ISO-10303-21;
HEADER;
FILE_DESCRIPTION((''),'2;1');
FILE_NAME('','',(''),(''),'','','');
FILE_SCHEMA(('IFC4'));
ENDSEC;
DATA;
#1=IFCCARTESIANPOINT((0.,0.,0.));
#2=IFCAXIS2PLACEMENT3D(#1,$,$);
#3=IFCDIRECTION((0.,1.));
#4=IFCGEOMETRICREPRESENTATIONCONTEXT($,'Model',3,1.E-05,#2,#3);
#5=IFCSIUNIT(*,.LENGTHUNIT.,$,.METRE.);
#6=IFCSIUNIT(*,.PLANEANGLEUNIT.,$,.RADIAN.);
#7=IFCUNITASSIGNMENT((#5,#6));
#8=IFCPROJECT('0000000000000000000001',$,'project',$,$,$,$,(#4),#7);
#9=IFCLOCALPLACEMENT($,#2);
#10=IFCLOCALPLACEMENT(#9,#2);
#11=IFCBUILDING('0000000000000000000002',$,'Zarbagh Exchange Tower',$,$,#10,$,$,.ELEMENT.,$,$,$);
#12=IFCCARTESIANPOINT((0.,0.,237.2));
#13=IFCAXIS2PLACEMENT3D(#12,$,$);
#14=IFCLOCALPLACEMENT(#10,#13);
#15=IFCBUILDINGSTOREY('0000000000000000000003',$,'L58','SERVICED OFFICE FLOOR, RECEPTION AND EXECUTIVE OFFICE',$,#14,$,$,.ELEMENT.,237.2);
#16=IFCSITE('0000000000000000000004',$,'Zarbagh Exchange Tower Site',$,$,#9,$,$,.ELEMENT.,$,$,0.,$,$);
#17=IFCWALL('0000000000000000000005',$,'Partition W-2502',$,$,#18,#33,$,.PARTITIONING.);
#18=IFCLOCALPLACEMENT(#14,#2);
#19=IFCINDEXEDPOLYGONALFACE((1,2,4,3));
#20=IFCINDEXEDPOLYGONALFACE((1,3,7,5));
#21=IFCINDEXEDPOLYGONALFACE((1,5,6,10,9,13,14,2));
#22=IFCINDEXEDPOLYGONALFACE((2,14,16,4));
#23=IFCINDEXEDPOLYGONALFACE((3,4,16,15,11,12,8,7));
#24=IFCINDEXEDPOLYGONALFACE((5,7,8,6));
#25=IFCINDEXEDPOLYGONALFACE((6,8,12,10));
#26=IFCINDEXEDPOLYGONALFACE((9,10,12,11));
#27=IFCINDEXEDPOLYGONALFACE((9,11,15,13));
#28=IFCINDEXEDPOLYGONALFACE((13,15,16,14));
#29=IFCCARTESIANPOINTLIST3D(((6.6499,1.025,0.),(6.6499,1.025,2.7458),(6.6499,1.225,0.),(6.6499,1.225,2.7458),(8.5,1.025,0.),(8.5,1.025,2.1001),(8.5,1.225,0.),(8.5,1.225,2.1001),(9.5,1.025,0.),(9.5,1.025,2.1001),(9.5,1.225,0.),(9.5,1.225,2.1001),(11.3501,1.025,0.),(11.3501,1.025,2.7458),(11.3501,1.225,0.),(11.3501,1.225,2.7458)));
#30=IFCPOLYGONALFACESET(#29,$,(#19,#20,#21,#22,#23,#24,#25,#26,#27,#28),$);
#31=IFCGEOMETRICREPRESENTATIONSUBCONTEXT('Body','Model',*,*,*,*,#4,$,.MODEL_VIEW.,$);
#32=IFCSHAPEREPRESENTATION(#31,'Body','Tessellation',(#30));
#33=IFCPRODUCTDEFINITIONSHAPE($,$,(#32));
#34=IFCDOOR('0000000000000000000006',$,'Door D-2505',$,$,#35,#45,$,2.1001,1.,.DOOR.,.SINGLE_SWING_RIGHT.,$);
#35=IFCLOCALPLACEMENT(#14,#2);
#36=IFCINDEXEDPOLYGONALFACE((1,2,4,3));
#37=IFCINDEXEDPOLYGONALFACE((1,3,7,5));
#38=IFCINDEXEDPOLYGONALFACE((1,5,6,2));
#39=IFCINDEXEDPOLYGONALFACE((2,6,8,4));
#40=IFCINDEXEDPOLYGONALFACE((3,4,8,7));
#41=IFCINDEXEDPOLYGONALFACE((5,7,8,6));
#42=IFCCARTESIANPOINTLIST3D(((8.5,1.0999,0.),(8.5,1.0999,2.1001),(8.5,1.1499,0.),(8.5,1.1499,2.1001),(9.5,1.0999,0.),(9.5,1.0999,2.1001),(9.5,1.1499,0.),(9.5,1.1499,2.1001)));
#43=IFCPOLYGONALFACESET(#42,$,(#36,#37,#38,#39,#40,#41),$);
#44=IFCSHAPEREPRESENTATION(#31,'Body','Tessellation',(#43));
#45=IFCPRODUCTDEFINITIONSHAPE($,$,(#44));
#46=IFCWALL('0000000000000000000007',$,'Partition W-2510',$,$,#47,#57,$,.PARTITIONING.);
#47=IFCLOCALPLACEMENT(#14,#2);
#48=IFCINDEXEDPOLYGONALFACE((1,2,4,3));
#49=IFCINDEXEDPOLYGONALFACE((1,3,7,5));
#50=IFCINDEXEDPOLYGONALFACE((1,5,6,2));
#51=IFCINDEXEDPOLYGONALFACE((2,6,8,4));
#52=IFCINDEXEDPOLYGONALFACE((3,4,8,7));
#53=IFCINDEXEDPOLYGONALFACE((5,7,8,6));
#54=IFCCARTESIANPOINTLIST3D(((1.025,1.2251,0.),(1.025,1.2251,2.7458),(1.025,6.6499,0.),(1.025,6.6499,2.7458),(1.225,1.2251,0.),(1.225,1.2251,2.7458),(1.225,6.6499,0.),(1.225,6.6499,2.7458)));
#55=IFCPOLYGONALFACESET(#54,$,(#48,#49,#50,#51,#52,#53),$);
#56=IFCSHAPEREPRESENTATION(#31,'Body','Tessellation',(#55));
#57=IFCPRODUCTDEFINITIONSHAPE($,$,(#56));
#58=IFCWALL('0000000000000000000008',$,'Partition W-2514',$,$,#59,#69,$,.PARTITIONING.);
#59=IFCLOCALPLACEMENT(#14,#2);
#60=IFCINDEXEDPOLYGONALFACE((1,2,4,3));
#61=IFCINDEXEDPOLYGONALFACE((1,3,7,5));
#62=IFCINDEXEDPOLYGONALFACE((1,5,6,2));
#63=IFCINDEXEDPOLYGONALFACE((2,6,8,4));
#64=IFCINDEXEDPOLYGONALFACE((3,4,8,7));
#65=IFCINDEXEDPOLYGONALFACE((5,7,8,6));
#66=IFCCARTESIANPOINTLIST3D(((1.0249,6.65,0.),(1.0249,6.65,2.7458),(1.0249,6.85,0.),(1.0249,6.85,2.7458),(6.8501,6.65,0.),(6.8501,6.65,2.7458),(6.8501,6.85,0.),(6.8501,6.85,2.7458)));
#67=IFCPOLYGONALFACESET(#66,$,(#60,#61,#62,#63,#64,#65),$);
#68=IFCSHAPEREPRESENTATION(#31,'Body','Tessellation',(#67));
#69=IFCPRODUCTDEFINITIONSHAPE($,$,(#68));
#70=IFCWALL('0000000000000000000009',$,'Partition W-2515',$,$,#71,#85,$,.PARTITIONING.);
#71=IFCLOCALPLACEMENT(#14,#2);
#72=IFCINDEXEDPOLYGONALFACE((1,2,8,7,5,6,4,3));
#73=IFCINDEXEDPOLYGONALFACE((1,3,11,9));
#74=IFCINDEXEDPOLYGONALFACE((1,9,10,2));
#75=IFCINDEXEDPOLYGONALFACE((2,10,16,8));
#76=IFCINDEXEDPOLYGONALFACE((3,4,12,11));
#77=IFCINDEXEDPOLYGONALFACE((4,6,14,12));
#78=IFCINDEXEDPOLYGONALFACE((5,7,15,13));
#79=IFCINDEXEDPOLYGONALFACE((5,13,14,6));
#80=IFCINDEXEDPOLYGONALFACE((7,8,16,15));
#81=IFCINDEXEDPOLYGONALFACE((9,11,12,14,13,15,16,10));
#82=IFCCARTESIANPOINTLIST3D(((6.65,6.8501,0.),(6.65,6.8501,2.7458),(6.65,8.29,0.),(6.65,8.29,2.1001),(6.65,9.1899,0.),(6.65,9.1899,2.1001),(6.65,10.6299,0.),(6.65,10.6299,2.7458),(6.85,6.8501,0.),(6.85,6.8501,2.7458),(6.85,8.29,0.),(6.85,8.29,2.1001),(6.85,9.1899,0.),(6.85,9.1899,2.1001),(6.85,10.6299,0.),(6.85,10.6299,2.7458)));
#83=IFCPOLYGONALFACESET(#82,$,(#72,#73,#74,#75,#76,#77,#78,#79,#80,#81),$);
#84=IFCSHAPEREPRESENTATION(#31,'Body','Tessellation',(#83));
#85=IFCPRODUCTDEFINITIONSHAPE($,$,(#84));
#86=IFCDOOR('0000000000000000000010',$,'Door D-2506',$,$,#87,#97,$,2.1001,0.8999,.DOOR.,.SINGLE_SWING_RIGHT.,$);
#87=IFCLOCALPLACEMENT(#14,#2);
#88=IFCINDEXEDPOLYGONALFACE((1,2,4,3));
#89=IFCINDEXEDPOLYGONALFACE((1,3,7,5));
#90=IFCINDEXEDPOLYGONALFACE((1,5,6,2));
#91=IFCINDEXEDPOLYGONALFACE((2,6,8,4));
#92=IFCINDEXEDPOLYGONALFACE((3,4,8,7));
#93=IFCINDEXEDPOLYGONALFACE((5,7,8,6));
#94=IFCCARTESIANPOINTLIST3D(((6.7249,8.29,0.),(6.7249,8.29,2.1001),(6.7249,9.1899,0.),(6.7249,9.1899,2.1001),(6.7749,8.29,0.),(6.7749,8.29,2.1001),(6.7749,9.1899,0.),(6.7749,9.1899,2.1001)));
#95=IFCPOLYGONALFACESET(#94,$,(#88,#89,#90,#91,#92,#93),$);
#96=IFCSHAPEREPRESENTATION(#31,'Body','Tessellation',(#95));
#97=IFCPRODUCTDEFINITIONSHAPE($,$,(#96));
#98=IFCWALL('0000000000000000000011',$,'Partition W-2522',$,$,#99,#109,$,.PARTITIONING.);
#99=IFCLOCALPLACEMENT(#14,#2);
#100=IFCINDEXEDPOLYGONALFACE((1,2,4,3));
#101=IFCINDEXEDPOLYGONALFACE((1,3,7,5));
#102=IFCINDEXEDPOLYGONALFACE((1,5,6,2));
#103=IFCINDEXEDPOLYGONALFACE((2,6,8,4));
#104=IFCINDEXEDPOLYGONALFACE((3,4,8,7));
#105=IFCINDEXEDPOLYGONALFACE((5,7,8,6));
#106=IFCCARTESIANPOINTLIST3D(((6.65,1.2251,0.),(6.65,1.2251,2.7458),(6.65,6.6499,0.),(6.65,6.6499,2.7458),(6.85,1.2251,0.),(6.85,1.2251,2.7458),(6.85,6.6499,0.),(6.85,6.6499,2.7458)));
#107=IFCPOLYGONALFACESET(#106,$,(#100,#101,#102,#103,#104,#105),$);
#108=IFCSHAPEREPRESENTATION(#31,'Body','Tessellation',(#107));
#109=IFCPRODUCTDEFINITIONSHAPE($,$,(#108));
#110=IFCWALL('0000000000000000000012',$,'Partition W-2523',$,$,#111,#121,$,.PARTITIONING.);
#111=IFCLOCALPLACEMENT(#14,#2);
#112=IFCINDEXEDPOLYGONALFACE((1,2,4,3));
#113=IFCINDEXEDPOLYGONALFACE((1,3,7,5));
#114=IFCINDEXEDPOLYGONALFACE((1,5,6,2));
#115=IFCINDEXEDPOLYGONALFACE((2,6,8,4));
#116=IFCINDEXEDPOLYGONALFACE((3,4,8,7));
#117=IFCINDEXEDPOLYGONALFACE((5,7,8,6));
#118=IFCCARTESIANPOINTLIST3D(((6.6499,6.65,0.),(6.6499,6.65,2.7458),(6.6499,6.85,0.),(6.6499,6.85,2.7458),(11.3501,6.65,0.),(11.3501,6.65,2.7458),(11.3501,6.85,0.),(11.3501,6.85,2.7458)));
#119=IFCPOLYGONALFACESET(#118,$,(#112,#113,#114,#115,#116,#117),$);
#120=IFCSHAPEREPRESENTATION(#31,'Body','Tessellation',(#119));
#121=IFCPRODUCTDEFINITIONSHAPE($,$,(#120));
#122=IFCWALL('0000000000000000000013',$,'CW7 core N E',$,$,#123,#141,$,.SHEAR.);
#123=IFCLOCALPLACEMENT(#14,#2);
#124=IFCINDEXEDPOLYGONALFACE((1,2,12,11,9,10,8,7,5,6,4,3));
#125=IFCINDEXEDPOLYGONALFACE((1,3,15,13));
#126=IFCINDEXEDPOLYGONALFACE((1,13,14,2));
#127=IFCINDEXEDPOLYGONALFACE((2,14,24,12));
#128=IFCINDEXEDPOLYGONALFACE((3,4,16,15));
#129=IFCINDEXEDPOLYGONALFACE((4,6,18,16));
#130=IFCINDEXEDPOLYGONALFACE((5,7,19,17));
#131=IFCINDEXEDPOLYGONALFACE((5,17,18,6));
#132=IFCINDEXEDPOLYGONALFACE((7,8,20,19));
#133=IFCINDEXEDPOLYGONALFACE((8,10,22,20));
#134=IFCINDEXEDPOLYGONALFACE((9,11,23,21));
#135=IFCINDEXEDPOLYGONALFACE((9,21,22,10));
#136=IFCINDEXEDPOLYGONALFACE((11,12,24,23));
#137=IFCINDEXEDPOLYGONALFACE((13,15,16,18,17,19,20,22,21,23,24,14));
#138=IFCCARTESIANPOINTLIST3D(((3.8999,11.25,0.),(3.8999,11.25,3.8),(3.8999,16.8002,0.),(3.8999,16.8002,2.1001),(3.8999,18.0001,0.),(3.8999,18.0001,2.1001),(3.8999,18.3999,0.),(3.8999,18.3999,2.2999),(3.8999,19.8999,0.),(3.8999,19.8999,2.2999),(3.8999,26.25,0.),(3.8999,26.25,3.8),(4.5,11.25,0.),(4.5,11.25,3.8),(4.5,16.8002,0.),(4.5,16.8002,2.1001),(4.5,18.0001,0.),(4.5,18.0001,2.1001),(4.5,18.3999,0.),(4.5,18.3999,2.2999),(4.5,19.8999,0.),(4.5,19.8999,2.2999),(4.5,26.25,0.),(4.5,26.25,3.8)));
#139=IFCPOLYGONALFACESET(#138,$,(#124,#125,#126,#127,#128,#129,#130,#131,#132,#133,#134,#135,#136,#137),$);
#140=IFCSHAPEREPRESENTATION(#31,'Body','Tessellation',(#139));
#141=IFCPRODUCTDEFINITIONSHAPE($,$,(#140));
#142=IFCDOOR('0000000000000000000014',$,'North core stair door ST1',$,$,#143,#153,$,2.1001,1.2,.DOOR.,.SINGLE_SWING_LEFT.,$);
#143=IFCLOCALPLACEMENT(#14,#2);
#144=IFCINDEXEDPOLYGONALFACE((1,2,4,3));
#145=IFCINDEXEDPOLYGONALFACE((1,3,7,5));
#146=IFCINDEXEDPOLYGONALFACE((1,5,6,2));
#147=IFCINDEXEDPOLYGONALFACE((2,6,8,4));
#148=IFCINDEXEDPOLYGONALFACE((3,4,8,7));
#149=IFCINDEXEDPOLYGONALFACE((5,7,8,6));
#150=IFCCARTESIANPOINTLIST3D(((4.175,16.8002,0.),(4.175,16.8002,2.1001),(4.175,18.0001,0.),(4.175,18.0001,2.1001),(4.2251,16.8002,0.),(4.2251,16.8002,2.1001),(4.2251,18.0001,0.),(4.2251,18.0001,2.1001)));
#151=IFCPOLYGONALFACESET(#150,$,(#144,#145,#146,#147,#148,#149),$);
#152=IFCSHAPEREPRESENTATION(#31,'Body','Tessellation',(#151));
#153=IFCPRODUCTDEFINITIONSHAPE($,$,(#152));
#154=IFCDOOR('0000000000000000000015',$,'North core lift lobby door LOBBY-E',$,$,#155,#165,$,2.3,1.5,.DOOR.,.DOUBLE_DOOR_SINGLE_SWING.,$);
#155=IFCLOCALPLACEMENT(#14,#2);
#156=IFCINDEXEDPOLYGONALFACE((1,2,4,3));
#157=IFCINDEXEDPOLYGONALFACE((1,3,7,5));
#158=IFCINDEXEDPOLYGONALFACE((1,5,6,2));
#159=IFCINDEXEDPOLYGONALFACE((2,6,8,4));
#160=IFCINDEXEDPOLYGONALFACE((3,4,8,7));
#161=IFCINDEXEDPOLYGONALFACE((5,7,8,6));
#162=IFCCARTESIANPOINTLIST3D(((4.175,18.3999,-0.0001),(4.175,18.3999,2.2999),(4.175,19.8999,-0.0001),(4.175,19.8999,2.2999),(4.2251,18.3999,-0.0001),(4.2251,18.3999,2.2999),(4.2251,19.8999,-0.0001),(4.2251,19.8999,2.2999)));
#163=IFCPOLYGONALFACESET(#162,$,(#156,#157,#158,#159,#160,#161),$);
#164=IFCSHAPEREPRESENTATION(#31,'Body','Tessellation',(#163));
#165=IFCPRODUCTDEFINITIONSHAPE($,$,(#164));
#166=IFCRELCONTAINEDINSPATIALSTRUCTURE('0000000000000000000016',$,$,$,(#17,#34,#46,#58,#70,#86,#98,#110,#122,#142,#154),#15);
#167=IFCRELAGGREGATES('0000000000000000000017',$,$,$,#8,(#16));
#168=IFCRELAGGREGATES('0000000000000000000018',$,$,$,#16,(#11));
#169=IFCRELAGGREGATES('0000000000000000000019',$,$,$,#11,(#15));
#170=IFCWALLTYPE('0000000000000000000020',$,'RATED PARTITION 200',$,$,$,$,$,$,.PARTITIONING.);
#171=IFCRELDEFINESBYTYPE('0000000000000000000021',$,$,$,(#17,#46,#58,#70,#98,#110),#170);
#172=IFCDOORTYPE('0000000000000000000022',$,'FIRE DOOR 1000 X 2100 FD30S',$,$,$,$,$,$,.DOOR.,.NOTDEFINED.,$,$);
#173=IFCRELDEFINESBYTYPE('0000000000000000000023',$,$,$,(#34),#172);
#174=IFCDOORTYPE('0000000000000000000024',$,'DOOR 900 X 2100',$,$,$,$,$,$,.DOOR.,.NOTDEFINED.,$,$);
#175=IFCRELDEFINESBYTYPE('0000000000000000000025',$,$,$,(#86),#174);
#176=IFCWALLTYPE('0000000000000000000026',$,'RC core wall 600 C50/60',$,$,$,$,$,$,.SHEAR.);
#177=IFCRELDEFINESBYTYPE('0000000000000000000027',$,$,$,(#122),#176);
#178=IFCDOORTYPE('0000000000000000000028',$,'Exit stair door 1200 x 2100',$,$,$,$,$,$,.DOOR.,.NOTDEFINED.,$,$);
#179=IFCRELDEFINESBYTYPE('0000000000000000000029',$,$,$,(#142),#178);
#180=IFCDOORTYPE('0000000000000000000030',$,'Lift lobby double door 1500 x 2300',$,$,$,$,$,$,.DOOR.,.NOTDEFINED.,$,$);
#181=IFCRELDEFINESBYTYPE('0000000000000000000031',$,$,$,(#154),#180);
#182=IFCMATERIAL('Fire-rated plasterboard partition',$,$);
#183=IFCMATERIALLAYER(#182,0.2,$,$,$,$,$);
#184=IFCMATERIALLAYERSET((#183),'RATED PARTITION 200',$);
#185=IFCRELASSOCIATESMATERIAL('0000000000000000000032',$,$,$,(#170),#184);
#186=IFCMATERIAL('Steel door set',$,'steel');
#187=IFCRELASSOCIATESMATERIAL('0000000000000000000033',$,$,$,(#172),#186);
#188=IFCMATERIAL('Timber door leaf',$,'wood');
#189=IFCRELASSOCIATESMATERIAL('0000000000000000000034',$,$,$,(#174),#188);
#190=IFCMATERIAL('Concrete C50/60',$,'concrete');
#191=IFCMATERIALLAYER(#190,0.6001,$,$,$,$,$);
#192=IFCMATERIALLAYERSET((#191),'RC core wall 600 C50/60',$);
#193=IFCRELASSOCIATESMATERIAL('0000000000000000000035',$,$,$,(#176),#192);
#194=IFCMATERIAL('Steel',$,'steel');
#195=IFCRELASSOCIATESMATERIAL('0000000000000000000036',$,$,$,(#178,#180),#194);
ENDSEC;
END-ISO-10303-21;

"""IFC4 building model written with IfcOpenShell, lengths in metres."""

from ifc_helpers import new_model, si_unit, direction, frame, frame_2d, origin, place, context, subcontext, project, spatial, rectangle, extrude, material, layer, layer_set, type_object, element, fill, save


model = new_model("IFC4")

# Units and contexts
model_context = context("Model", 3, precision=1e-05, world=origin(), true_north=direction((0.0, 1.0)))
body_context = subcontext(model_context, "Body", "Model", "MODEL_VIEW")
ifc_project = project(units=[si_unit("LENGTHUNIT", "METRE"), si_unit("PLANEANGLEUNIT", "RADIAN")], contexts=[model_context])

# Site, building, storey
site_placement = place(None, origin())
site = spatial("IfcSite", under=ifc_project, at=site_placement, Name="Zarbagh Exchange Tower Site", CompositionType="ELEMENT", RefElevation=0.0)
building_placement = place(site_placement, origin())
building = spatial("IfcBuilding", under=site, at=building_placement, Name="Zarbagh Exchange Tower", CompositionType="ELEMENT")
storey_placement = place(building_placement, frame((0.0, 0.0, 237.2)))
storey = spatial("IfcBuildingStorey", under=building, at=storey_placement, Name="L58", Description="SERVICED OFFICE FLOOR, RECEPTION AND EXECUTIVE OFFICE", CompositionType="ELEMENT", Elevation=237.2)

# Shared definitions
ifc_material_1 = material(Name="Concrete C50/60", Category="concrete")

# Wall, opening, door
ifc_material_2 = material(Name="Fire-rated plasterboard partition")
ifc_layer_1 = layer(ifc_material_2, 0.2)
ifc_layer_set_1 = layer_set([ifc_layer_1], Name="RATED PARTITION 200")
wall_type_1 = type_object("IfcWallType", Name="RATED PARTITION 200", PredefinedType="PARTITIONING", material=ifc_layer_set_1)
ifc_material_3 = material(Name="Steel door set", Category="steel")
door_type_1 = type_object("IfcDoorType", Name="FIRE DOOR 1000 X 2100 FD30S", OperationType="NOTDEFINED", PredefinedType="DOOR", material=ifc_material_3)
wall_1_placement = place(storey_placement, frame((6.6499, 1.125, 0.0), z_axis=(0.0, 0.0, 1.0), x_axis=(1.0, 0.0, 0.0)))
wall_1 = element("IfcWall", 1, at=wall_1_placement, inside=storey, type_object=wall_type_1, Name="Partition W-2502", PredefinedType="PARTITIONING", context=body_context, shape_type="SweptSolid", body=[
    extrude(rectangle(XDim=4.7002, YDim=0.2, at=frame_2d((2.3501, 0.0))), origin(), (0.0, 0.0, 1.0), 2.7458),
])
opening_1_placement = place(wall_1_placement, frame((1.8501, 0.0, 0.0)))
opening_1 = element("IfcOpeningElement", 2, at=opening_1_placement, cuts=wall_1, PredefinedType="OPENING", context=body_context, shape_type="SweptSolid", body=[
    extrude(rectangle(XDim=1.0, YDim=2.1001, at=frame_2d((0.5, 1.05))), frame((0.0, 0.1099, 0.0), z_axis=(0.0, -1.0, 0.0), x_axis=(1.0, 0.0, 0.0)), (0.0, 0.0, 1.0), 0.22),
])
door_1_placement = place(opening_1_placement, origin())
door_1 = element("IfcDoor", 3, at=door_1_placement, inside=storey, type_object=door_type_1, Name="Door D-2505", OperationType="SINGLE_SWING_RIGHT", OverallHeight=2.1001, OverallWidth=1.0, PredefinedType="DOOR", context=body_context, shape_type="SweptSolid", body=[
    extrude(rectangle(XDim=1.0, YDim=2.1001, at=frame_2d((0.5, 1.05))), frame((0.0, 0.0249, 0.0), z_axis=(0.0, -1.0, 0.0), x_axis=(1.0, 0.0, 0.0)), (0.0, 0.0, 1.0), 0.05),
])
fill(opening_1, door_1)

# Walls
wall_2_placement = place(storey_placement, frame((1.125, 1.2251, 0.0), z_axis=(0.0, 0.0, 1.0), x_axis=(0.0, 1.0, 0.0)))
element("IfcWall", 4, at=wall_2_placement, inside=storey, type_object=wall_type_1, Name="Partition W-2510", PredefinedType="PARTITIONING", context=body_context, shape_type="SweptSolid", body=[
    extrude(rectangle(XDim=5.4248, YDim=0.2, at=frame_2d((2.7124, 0.0))), origin(), (0.0, 0.0, 1.0), 2.7458),
])
wall_3_placement = place(storey_placement, frame((1.0249, 6.75, 0.0), z_axis=(0.0, 0.0, 1.0), x_axis=(1.0, 0.0, 0.0)))
element("IfcWall", 5, at=wall_3_placement, inside=storey, type_object=wall_type_1, Name="Partition W-2514", PredefinedType="PARTITIONING", context=body_context, shape_type="SweptSolid", body=[
    extrude(rectangle(XDim=5.8252, YDim=0.2, at=frame_2d((2.9126, 0.0))), origin(), (0.0, 0.0, 1.0), 2.7458),
])

# Wall, opening, door
wall_4_placement = place(storey_placement, frame((6.75, 10.6299, 0.0), z_axis=(0.0, 0.0, 1.0), x_axis=(0.0, -1.0, 0.0)))
wall_4 = element("IfcWall", 6, at=wall_4_placement, inside=storey, type_object=wall_type_1, Name="Partition W-2515", PredefinedType="PARTITIONING", context=body_context, shape_type="SweptSolid", body=[
    extrude(rectangle(XDim=3.7798, YDim=0.2, at=frame_2d((1.8899, 0.0))), origin(), (0.0, 0.0, 1.0), 2.7458),
])
opening_2_placement = place(wall_4_placement, frame((1.4399, 0.0, 0.0)))
opening_2 = element("IfcOpeningElement", 7, at=opening_2_placement, cuts=wall_4, PredefinedType="OPENING", context=body_context, shape_type="SweptSolid", body=[
    extrude(rectangle(XDim=0.8999, YDim=2.1001, at=frame_2d((0.45, 1.05))), frame((0.0, 0.1099, 0.0), z_axis=(0.0, -1.0, 0.0), x_axis=(1.0, 0.0, 0.0)), (0.0, 0.0, 1.0), 0.22),
])
ifc_material_4 = material(Name="Timber door leaf", Category="wood")
door_type_2 = type_object("IfcDoorType", Name="DOOR 900 X 2100", OperationType="NOTDEFINED", PredefinedType="DOOR", material=ifc_material_4)
door_2_placement = place(opening_2_placement, origin())
door_2 = element("IfcDoor", 8, at=door_2_placement, inside=storey, type_object=door_type_2, Name="Door D-2506", OperationType="SINGLE_SWING_RIGHT", OverallHeight=2.1001, OverallWidth=0.8999, PredefinedType="DOOR", context=body_context, shape_type="SweptSolid", body=[
    extrude(rectangle(XDim=0.8999, YDim=2.1001, at=frame_2d((0.45, 1.05))), frame((0.0, 0.0249, 0.0), z_axis=(0.0, -1.0, 0.0), x_axis=(1.0, 0.0, 0.0)), (0.0, 0.0, 1.0), 0.05),
])
fill(opening_2, door_2)

# Walls
wall_5_placement = place(storey_placement, frame((6.75, 1.2251, 0.0), z_axis=(0.0, 0.0, 1.0), x_axis=(0.0, 1.0, 0.0)))
element("IfcWall", 9, at=wall_5_placement, inside=storey, type_object=wall_type_1, Name="Partition W-2522", PredefinedType="PARTITIONING", context=body_context, shape_type="SweptSolid", body=[
    extrude(rectangle(XDim=5.4248, YDim=0.2, at=frame_2d((2.7124, 0.0))), origin(), (0.0, 0.0, 1.0), 2.7458),
])
wall_6_placement = place(storey_placement, frame((6.6499, 6.75, 0.0), z_axis=(0.0, 0.0, 1.0), x_axis=(1.0, 0.0, 0.0)))
element("IfcWall", 10, at=wall_6_placement, inside=storey, type_object=wall_type_1, Name="Partition W-2523", PredefinedType="PARTITIONING", context=body_context, shape_type="SweptSolid", body=[
    extrude(rectangle(XDim=4.7002, YDim=0.2, at=frame_2d((2.3501, 0.0))), origin(), (0.0, 0.0, 1.0), 2.7458),
])

# Wall, openings, doors
ifc_layer_2 = layer(ifc_material_1, 0.6001)
ifc_layer_set_2 = layer_set([ifc_layer_2], Name="RC core wall 600 C50/60")
wall_type_2 = type_object("IfcWallType", Name="RC core wall 600 C50/60", PredefinedType="SHEAR", material=ifc_layer_set_2)
wall_7_placement = place(storey_placement, frame((4.2, 11.25, 0.0), z_axis=(0.0, 0.0, 1.0), x_axis=(0.0, 1.0, 0.0)))
wall_7 = element("IfcWall", 11, at=wall_7_placement, inside=storey, type_object=wall_type_2, Name="CW7 core N E", PredefinedType="SHEAR", context=body_context, shape_type="SweptSolid", body=[
    extrude(rectangle(XDim=15.0, YDim=0.6001, at=frame_2d((7.5, 0.0))), origin(), (0.0, 0.0, 1.0), 3.8),
])
opening_3_placement = place(wall_7_placement, frame((7.1499, 0.0, 0.0)))
opening_3 = element("IfcOpeningElement", 12, at=opening_3_placement, cuts=wall_7, PredefinedType="OPENING", context=body_context, shape_type="SweptSolid", body=[
    extrude(rectangle(XDim=1.5, YDim=2.3, at=frame_2d((0.75, 1.1499))), frame((0.0, 0.3101, 0.0), z_axis=(0.0, -1.0, 0.0), x_axis=(1.0, 0.0, 0.0)), (0.0, 0.0, 1.0), 0.6201),
])
opening_4_placement = place(wall_7_placement, frame((5.55, 0.0, 0.0)))
opening_4 = element("IfcOpeningElement", 13, at=opening_4_placement, cuts=wall_7, PredefinedType="OPENING", context=body_context, shape_type="SweptSolid", body=[
    extrude(rectangle(XDim=1.2, YDim=2.1001, at=frame_2d((0.6001, 1.05))), frame((0.0, 0.3101, 0.0), z_axis=(0.0, -1.0, 0.0), x_axis=(1.0, 0.0, 0.0)), (0.0, 0.0, 1.0), 0.6201),
])
ifc_material_5 = material(Name="Steel", Category="steel")
door_type_3 = type_object("IfcDoorType", Name="Exit stair door 1200 x 2100", OperationType="NOTDEFINED", PredefinedType="DOOR", material=ifc_material_5)
door_3_placement = place(opening_4_placement, origin())
door_3 = element("IfcDoor", 14, at=door_3_placement, inside=storey, type_object=door_type_3, Name="North core stair door ST1", OperationType="SINGLE_SWING_LEFT", OverallHeight=2.1001, OverallWidth=1.2, PredefinedType="DOOR", context=body_context, shape_type="SweptSolid", body=[
    extrude(rectangle(XDim=1.2, YDim=2.1001, at=frame_2d((0.6001, 1.05))), frame((0.0, 0.0249, 0.0), z_axis=(0.0, -1.0, 0.0), x_axis=(1.0, 0.0, 0.0)), (0.0, 0.0, 1.0), 0.05),
])
fill(opening_4, door_3)
door_type_4 = type_object("IfcDoorType", Name="Lift lobby double door 1500 x 2300", OperationType="NOTDEFINED", PredefinedType="DOOR", material=ifc_material_5)
door_4_placement = place(opening_3_placement, origin())
door_4 = element("IfcDoor", 15, at=door_4_placement, inside=storey, type_object=door_type_4, Name="North core lift lobby door LOBBY-E", OperationType="DOUBLE_DOOR_SINGLE_SWING", OverallHeight=2.3, OverallWidth=1.5, PredefinedType="DOOR", context=body_context, shape_type="SweptSolid", body=[
    extrude(rectangle(XDim=1.5, YDim=2.3, at=frame_2d((0.75, 1.1499))), frame((0.0, 0.0249, 0.0), z_axis=(0.0, -1.0, 0.0), x_axis=(1.0, 0.0, 0.0)), (0.0, 0.0, 1.0), 0.05),
])
fill(opening_3, door_4)

save(model, "model.ifc")
